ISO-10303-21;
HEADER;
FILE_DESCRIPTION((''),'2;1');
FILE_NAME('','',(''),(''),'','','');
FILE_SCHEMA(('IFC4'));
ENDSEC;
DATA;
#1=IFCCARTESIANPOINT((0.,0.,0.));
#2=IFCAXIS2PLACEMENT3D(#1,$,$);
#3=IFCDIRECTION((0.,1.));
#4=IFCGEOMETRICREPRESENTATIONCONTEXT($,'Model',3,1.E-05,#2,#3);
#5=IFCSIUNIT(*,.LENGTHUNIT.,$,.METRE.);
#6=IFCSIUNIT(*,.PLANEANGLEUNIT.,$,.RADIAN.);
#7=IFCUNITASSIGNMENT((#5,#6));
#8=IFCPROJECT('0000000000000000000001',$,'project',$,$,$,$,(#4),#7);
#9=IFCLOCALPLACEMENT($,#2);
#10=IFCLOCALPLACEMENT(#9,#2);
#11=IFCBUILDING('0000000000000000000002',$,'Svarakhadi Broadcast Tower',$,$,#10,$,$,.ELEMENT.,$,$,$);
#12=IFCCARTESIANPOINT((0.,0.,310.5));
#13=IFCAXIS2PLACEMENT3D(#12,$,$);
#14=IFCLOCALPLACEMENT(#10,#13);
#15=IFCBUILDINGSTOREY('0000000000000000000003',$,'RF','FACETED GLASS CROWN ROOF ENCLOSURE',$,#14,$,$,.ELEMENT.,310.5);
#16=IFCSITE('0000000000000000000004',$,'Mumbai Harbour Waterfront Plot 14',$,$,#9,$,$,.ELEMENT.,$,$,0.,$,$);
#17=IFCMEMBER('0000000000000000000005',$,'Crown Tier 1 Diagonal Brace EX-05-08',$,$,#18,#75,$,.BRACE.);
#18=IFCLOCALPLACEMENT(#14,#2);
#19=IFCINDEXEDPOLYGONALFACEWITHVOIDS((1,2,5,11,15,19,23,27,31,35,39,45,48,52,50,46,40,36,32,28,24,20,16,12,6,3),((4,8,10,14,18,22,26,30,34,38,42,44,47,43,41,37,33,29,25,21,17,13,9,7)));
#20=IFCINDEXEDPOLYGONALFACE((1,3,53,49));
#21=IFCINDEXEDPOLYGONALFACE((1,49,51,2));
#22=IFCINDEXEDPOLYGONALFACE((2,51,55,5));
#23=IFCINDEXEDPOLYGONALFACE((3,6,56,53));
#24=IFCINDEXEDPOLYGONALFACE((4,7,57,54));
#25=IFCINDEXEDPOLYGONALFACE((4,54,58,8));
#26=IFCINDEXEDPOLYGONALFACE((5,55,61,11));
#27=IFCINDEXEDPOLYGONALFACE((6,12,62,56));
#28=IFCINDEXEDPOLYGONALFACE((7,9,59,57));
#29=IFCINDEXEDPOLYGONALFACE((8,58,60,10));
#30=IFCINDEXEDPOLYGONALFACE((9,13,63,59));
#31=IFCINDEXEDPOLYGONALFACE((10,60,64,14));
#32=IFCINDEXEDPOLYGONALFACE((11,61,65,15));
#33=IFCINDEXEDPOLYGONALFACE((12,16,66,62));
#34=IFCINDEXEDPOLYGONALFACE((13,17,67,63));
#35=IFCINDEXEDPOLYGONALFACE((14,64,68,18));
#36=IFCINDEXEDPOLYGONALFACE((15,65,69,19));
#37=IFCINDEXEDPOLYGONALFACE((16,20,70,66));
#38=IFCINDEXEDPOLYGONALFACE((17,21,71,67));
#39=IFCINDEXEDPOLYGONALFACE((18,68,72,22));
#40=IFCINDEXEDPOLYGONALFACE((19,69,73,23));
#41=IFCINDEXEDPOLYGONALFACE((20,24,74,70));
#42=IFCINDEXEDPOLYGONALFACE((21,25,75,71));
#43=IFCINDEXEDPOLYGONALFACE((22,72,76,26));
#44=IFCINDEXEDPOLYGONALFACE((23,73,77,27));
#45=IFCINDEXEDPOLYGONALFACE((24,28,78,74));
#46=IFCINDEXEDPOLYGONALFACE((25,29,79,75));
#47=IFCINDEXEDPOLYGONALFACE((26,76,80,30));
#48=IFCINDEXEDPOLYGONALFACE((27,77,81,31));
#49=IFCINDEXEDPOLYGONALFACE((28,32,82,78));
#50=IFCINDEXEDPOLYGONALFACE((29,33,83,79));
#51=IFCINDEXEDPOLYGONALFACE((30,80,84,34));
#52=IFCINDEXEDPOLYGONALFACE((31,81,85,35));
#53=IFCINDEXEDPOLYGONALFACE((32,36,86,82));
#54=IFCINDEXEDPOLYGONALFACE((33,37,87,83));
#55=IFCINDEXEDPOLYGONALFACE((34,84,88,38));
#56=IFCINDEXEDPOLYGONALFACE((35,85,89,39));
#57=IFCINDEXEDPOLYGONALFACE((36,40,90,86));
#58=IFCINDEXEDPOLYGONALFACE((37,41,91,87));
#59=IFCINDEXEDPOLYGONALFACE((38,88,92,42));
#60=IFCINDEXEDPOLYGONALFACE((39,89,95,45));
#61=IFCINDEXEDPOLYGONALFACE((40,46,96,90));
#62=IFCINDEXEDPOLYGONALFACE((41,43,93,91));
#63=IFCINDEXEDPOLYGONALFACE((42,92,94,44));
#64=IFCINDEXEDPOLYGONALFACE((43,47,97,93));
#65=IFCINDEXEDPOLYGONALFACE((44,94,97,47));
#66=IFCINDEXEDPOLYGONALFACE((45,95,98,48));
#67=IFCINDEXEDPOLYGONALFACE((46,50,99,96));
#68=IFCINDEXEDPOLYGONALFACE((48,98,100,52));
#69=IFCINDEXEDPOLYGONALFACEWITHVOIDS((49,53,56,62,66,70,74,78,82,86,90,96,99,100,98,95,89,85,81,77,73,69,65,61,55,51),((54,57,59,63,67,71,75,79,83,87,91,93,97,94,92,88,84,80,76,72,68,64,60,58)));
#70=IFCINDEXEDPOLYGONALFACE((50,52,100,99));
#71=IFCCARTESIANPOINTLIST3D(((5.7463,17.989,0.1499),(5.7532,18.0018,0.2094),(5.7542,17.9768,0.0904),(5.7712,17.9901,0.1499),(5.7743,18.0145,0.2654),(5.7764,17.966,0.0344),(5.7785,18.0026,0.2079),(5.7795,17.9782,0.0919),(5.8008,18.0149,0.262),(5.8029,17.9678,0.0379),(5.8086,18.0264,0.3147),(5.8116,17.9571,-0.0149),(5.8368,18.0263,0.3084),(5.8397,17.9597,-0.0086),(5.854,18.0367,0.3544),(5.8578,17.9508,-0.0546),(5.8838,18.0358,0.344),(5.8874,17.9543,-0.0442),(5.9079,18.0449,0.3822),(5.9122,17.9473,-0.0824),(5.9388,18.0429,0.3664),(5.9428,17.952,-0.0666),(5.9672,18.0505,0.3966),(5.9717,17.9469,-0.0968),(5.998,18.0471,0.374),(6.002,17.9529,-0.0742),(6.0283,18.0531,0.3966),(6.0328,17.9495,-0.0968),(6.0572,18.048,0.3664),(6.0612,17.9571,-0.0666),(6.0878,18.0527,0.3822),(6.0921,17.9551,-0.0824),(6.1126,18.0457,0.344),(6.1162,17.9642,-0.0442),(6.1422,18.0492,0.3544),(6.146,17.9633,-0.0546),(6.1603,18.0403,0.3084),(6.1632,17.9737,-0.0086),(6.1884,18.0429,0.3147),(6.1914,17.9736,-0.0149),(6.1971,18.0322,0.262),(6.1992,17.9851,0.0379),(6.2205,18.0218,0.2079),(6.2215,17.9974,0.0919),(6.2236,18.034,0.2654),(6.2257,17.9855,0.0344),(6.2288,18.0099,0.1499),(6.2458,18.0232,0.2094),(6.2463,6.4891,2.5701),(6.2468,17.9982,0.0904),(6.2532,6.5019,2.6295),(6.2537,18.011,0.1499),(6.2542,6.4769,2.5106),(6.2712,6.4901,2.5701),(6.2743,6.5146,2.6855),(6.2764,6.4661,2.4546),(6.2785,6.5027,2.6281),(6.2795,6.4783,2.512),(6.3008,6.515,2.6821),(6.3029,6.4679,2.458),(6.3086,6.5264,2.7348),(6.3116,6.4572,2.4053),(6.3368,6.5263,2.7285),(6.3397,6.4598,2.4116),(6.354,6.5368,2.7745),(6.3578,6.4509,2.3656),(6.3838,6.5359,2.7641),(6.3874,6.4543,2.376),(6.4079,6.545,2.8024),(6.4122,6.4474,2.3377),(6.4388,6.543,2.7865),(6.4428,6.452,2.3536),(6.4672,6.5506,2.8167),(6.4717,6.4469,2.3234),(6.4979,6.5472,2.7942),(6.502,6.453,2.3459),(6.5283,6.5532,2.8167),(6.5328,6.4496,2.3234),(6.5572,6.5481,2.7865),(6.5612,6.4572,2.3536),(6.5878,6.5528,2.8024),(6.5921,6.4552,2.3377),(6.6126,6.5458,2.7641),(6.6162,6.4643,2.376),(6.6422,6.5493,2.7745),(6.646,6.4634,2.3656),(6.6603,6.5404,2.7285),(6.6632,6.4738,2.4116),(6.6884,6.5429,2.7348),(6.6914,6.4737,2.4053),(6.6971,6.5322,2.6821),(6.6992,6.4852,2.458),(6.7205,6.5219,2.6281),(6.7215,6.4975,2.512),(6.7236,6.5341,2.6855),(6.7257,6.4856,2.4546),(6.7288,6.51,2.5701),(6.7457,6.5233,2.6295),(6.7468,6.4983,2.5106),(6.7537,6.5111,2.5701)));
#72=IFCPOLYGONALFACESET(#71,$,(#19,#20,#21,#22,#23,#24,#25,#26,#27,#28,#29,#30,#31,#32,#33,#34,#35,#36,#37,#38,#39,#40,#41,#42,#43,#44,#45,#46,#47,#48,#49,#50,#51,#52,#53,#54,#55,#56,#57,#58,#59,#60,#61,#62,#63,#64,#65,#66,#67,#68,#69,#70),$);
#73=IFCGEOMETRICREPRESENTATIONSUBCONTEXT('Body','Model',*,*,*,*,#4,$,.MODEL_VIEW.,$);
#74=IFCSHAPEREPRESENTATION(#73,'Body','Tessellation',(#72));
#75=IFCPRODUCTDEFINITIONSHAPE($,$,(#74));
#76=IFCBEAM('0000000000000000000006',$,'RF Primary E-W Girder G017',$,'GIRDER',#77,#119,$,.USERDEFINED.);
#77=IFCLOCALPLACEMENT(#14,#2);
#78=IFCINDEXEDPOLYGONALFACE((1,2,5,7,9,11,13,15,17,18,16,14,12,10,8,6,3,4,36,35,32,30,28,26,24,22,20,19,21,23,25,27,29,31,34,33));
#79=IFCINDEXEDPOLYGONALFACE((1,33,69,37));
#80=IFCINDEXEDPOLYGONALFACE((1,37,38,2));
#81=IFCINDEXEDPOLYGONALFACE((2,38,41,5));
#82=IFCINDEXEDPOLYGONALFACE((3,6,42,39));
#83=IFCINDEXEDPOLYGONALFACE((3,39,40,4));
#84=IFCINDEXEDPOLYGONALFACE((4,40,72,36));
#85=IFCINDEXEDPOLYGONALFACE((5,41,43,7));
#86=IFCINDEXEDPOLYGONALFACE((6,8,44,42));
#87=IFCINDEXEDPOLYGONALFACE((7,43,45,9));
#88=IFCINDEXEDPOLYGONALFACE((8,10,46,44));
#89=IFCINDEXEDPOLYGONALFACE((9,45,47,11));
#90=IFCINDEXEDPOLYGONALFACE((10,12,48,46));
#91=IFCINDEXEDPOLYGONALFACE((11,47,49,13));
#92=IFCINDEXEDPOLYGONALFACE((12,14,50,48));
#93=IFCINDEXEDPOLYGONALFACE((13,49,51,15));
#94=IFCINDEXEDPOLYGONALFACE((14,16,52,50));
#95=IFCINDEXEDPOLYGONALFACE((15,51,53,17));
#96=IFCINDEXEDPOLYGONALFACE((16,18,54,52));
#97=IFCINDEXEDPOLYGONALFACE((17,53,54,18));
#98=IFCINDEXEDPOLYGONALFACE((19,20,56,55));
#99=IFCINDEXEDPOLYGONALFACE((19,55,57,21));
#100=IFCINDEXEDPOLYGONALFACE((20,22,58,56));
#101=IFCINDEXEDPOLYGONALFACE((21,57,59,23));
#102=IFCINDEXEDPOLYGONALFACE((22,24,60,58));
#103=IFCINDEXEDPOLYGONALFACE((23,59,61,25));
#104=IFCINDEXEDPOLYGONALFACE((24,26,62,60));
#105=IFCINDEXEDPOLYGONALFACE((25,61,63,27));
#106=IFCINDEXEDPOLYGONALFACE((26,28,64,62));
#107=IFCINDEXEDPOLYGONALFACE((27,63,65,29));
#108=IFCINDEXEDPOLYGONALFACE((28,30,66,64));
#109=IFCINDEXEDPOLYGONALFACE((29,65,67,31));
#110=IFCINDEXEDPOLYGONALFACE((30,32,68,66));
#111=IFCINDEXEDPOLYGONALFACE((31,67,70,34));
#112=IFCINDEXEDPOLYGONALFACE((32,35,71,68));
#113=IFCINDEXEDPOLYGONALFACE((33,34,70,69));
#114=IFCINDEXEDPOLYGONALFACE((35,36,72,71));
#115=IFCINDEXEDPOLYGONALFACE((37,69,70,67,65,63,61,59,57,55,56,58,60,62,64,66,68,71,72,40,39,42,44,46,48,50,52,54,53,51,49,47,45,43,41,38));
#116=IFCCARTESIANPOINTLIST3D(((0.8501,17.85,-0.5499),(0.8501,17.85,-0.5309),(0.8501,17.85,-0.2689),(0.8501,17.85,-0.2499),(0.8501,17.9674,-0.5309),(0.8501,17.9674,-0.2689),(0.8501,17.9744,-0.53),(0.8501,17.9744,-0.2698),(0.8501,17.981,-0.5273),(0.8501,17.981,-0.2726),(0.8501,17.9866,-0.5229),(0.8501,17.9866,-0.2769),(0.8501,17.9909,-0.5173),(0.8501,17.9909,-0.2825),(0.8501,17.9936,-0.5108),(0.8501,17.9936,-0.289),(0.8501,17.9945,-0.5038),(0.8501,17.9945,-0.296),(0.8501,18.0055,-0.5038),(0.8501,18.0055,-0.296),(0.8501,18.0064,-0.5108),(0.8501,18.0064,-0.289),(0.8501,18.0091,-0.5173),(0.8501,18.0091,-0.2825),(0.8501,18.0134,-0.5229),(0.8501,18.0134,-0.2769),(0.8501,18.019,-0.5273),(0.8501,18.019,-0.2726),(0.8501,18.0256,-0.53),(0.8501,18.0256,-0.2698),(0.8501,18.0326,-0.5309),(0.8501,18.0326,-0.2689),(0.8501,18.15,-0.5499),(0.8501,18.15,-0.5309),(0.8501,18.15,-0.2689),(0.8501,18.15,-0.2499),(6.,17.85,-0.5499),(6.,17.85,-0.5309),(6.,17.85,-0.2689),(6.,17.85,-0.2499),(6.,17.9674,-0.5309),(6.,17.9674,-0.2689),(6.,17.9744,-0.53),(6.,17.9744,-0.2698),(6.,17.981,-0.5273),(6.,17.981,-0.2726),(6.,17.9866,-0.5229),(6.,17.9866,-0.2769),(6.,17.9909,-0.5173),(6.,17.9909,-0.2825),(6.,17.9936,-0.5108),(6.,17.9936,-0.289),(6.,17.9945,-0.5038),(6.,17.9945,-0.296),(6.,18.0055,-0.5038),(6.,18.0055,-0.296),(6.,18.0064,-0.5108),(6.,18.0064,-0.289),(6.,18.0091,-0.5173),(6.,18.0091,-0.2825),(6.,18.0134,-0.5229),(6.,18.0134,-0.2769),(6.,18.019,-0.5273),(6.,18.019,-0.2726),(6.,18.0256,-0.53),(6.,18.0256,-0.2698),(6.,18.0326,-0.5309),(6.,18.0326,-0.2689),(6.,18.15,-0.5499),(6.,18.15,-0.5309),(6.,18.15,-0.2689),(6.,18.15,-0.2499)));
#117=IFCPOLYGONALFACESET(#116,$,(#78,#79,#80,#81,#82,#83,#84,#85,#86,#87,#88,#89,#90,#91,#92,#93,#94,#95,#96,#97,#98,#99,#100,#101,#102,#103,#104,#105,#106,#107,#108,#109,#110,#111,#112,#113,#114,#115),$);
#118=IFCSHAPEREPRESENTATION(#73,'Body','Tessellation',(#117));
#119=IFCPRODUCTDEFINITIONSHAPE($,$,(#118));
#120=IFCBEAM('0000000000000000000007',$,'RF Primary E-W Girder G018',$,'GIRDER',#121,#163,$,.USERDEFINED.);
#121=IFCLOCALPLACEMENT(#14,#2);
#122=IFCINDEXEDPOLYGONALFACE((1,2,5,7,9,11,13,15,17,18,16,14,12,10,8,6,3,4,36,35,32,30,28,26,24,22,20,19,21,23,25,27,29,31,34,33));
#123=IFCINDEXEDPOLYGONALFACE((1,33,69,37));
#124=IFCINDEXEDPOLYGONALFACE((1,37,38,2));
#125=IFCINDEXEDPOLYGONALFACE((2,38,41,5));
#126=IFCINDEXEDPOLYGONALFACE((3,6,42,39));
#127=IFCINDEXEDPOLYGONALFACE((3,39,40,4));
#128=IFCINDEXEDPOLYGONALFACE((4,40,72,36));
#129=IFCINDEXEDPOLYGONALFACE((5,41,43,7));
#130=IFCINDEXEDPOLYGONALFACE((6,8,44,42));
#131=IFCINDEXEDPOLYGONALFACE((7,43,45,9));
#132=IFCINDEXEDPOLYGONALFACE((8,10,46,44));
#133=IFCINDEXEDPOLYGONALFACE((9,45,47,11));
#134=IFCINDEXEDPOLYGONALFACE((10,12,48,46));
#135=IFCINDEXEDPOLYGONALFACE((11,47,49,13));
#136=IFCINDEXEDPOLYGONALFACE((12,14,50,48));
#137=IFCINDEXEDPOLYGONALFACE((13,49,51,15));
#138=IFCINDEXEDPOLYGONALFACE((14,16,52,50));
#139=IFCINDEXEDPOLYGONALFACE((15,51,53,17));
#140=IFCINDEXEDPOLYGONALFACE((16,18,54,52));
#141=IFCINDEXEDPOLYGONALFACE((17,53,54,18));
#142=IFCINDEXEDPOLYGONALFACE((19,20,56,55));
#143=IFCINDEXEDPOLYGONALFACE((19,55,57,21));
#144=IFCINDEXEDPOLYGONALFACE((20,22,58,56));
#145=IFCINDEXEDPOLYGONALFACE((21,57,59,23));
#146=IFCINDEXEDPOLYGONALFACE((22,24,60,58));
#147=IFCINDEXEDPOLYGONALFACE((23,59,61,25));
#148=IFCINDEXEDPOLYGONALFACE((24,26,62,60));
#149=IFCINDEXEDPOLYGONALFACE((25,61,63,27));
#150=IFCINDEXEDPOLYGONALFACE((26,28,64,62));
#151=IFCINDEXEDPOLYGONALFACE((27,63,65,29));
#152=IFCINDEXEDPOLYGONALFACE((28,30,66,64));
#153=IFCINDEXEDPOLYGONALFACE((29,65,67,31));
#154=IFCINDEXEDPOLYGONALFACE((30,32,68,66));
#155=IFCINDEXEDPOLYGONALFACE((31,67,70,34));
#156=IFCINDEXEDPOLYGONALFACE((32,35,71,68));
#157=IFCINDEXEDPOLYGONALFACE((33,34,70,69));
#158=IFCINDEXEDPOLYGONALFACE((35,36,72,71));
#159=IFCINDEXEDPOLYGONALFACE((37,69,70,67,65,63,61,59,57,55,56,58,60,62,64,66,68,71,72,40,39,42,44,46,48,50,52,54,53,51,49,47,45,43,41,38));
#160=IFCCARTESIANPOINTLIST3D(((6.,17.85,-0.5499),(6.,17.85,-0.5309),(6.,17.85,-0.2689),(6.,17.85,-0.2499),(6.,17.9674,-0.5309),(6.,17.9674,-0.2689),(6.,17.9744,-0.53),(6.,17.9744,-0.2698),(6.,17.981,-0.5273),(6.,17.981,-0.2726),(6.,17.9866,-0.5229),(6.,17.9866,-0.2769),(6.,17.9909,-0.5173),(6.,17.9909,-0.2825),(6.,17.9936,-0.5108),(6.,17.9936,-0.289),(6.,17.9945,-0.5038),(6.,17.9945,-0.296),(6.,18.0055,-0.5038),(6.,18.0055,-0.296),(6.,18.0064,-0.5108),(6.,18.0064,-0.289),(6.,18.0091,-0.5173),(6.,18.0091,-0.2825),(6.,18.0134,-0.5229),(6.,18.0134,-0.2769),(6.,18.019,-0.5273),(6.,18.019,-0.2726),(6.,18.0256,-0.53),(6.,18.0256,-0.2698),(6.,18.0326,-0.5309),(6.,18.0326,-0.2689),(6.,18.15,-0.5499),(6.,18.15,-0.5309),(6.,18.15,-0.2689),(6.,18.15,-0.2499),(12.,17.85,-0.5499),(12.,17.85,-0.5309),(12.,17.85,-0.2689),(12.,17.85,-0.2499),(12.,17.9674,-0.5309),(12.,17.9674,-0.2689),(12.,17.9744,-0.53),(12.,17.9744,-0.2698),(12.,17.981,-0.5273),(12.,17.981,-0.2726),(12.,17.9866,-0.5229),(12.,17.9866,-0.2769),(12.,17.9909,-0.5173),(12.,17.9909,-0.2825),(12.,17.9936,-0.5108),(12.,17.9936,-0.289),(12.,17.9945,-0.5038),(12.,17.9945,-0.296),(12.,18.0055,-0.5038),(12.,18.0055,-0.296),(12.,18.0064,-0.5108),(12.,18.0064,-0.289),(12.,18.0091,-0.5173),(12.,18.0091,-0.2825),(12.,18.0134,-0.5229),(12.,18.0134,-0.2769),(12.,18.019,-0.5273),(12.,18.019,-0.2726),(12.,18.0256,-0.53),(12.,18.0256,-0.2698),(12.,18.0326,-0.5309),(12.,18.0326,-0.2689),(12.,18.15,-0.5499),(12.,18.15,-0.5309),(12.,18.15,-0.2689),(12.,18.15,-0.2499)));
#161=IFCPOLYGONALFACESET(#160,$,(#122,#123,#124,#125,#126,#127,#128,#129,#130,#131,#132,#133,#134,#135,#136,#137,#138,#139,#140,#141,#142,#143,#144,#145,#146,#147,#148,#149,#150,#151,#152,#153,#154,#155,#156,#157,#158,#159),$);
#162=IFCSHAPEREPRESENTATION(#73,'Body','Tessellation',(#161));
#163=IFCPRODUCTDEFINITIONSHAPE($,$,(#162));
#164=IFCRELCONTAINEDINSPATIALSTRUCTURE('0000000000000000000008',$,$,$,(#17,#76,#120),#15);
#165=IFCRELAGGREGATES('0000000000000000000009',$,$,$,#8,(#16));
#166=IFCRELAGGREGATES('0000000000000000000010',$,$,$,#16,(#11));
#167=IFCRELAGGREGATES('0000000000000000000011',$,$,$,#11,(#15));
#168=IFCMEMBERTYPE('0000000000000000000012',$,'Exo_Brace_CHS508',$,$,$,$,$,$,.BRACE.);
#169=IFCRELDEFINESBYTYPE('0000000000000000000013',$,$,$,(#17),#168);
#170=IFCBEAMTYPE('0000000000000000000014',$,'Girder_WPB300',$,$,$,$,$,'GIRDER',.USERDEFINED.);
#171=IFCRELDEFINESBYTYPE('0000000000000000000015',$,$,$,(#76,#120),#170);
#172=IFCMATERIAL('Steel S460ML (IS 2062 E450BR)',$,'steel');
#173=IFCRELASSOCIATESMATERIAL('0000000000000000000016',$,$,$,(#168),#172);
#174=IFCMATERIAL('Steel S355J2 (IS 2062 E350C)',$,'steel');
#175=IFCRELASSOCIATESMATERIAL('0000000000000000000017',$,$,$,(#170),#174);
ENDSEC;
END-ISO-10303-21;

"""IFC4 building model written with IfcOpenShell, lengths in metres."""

from ifc_helpers import new_model, si_unit, direction, frame, origin, origin_2d, place, context, subcontext, project, spatial, hollow_circle, i_section, extrude, material, material_profile, profile_set, type_object, element, save


model = new_model("IFC4")

# Units and contexts
model_context = context("Model", 3, precision=1e-05, world=origin(), true_north=direction((0.0, 1.0)))
body_context = subcontext(model_context, "Body", "Model", "MODEL_VIEW")
ifc_project = project(units=[si_unit("LENGTHUNIT", "METRE"), si_unit("PLANEANGLEUNIT", "RADIAN")], contexts=[model_context])

# Site, building, storey
site_placement = place(None, origin())
site = spatial("IfcSite", under=ifc_project, at=site_placement, Name="Mumbai Harbour Waterfront Plot 14", CompositionType="ELEMENT", RefElevation=0.0)
building_placement = place(site_placement, origin())
building = spatial("IfcBuilding", under=site, at=building_placement, Name="Svarakhadi Broadcast Tower", CompositionType="ELEMENT")
storey_placement = place(building_placement, frame((0.0, 0.0, 310.5)))
storey = spatial("IfcBuildingStorey", under=building, at=storey_placement, Name="RF", Description="FACETED GLASS CROWN ROOF ENCLOSURE", CompositionType="ELEMENT", Elevation=310.5)

# Shared definitions
ifc_material_1 = material(Name="Steel S460ML (IS 2062 E450BR)", Category="steel")

# Shared definitions
ifc_material_2 = material(Name="Steel S355J2 (IS 2062 E350C)", Category="steel")

# Member
ifc_material_profile_1 = material_profile(ifc_material_1, hollow_circle(Radius=0.2539, WallThickness=0.0249, at=origin_2d()), Name="CHS 508x25")
ifc_profile_set_1 = profile_set([ifc_material_profile_1], Name="Steel S460ML (IS 2062 E450BR)")
member_type_1 = type_object("IfcMemberType", Name="Exo_Brace_CHS508", PredefinedType="BRACE", material=ifc_profile_set_1)
member_1_placement = place(storey_placement, frame((6.0, 18.0, 0.1499), z_axis=(0.042508, -0.97768, 0.205752), x_axis=(0.999056, 0.043437, 0.0)))
element("IfcMember", 1, at=member_1_placement, inside=storey, type_object=member_type_1, Name="Crown Tier 1 Diagonal Brace EX-05-08", PredefinedType="BRACE", context=body_context, shape_type="SweptSolid", body=[
    extrude(hollow_circle(Radius=0.2539, WallThickness=0.0249, at=origin_2d()), origin(), (0.0, 0.0, 1.0), 11.7625),
])

# Beams
ifc_material_profile_2 = material_profile(ifc_material_2, i_section(OverallWidth=0.3, OverallDepth=0.3, WebThickness=0.011, FlangeThickness=0.019, FilletRadius=0.0271, at=origin_2d()), Name="WPB 300x300x117")
ifc_profile_set_2 = profile_set([ifc_material_profile_2], Name="Steel S355J2 (IS 2062 E350C)")
beam_type_1 = type_object("IfcBeamType", Name="Girder_WPB300", ElementType="GIRDER", PredefinedType="USERDEFINED", material=ifc_profile_set_2)
beam_1_placement = place(storey_placement, frame((0.8501, 18.0, -0.3999), z_axis=(1.0, 0.0, 0.0), x_axis=(0.0, 1.0, 0.0)))
element("IfcBeam", 2, at=beam_1_placement, inside=storey, type_object=beam_type_1, Name="RF Primary E-W Girder G017", ObjectType="GIRDER", PredefinedType="USERDEFINED", context=body_context, shape_type="SweptSolid", body=[
    extrude(i_section(OverallWidth=0.3, OverallDepth=0.3, WebThickness=0.011, FlangeThickness=0.019, FilletRadius=0.0271, at=origin_2d()), origin(), (0.0, 0.0, 1.0), 5.1499),
])
for number, where, z_axis, x_axis, name in (
    (3, (6.0, 18.0, -0.3999), (1.0, 0.0, 0.0), (0.0, 1.0, 0.0), "RF Primary E-W Girder G018"),
):
    element("IfcBeam", number, at=place(storey_placement, frame(where, z_axis=z_axis, x_axis=x_axis)), inside=storey, type_object=beam_type_1, Name=name, ObjectType="GIRDER", PredefinedType="USERDEFINED", context=body_context, shape_type="SweptSolid", body=[
        extrude(i_section(OverallWidth=0.3, OverallDepth=0.3, WebThickness=0.011, FlangeThickness=0.019, FilletRadius=0.0271, at=origin_2d()), origin(), (0.0, 0.0, 1.0), 6.0),
    ])

save(model, "model.ifc")
